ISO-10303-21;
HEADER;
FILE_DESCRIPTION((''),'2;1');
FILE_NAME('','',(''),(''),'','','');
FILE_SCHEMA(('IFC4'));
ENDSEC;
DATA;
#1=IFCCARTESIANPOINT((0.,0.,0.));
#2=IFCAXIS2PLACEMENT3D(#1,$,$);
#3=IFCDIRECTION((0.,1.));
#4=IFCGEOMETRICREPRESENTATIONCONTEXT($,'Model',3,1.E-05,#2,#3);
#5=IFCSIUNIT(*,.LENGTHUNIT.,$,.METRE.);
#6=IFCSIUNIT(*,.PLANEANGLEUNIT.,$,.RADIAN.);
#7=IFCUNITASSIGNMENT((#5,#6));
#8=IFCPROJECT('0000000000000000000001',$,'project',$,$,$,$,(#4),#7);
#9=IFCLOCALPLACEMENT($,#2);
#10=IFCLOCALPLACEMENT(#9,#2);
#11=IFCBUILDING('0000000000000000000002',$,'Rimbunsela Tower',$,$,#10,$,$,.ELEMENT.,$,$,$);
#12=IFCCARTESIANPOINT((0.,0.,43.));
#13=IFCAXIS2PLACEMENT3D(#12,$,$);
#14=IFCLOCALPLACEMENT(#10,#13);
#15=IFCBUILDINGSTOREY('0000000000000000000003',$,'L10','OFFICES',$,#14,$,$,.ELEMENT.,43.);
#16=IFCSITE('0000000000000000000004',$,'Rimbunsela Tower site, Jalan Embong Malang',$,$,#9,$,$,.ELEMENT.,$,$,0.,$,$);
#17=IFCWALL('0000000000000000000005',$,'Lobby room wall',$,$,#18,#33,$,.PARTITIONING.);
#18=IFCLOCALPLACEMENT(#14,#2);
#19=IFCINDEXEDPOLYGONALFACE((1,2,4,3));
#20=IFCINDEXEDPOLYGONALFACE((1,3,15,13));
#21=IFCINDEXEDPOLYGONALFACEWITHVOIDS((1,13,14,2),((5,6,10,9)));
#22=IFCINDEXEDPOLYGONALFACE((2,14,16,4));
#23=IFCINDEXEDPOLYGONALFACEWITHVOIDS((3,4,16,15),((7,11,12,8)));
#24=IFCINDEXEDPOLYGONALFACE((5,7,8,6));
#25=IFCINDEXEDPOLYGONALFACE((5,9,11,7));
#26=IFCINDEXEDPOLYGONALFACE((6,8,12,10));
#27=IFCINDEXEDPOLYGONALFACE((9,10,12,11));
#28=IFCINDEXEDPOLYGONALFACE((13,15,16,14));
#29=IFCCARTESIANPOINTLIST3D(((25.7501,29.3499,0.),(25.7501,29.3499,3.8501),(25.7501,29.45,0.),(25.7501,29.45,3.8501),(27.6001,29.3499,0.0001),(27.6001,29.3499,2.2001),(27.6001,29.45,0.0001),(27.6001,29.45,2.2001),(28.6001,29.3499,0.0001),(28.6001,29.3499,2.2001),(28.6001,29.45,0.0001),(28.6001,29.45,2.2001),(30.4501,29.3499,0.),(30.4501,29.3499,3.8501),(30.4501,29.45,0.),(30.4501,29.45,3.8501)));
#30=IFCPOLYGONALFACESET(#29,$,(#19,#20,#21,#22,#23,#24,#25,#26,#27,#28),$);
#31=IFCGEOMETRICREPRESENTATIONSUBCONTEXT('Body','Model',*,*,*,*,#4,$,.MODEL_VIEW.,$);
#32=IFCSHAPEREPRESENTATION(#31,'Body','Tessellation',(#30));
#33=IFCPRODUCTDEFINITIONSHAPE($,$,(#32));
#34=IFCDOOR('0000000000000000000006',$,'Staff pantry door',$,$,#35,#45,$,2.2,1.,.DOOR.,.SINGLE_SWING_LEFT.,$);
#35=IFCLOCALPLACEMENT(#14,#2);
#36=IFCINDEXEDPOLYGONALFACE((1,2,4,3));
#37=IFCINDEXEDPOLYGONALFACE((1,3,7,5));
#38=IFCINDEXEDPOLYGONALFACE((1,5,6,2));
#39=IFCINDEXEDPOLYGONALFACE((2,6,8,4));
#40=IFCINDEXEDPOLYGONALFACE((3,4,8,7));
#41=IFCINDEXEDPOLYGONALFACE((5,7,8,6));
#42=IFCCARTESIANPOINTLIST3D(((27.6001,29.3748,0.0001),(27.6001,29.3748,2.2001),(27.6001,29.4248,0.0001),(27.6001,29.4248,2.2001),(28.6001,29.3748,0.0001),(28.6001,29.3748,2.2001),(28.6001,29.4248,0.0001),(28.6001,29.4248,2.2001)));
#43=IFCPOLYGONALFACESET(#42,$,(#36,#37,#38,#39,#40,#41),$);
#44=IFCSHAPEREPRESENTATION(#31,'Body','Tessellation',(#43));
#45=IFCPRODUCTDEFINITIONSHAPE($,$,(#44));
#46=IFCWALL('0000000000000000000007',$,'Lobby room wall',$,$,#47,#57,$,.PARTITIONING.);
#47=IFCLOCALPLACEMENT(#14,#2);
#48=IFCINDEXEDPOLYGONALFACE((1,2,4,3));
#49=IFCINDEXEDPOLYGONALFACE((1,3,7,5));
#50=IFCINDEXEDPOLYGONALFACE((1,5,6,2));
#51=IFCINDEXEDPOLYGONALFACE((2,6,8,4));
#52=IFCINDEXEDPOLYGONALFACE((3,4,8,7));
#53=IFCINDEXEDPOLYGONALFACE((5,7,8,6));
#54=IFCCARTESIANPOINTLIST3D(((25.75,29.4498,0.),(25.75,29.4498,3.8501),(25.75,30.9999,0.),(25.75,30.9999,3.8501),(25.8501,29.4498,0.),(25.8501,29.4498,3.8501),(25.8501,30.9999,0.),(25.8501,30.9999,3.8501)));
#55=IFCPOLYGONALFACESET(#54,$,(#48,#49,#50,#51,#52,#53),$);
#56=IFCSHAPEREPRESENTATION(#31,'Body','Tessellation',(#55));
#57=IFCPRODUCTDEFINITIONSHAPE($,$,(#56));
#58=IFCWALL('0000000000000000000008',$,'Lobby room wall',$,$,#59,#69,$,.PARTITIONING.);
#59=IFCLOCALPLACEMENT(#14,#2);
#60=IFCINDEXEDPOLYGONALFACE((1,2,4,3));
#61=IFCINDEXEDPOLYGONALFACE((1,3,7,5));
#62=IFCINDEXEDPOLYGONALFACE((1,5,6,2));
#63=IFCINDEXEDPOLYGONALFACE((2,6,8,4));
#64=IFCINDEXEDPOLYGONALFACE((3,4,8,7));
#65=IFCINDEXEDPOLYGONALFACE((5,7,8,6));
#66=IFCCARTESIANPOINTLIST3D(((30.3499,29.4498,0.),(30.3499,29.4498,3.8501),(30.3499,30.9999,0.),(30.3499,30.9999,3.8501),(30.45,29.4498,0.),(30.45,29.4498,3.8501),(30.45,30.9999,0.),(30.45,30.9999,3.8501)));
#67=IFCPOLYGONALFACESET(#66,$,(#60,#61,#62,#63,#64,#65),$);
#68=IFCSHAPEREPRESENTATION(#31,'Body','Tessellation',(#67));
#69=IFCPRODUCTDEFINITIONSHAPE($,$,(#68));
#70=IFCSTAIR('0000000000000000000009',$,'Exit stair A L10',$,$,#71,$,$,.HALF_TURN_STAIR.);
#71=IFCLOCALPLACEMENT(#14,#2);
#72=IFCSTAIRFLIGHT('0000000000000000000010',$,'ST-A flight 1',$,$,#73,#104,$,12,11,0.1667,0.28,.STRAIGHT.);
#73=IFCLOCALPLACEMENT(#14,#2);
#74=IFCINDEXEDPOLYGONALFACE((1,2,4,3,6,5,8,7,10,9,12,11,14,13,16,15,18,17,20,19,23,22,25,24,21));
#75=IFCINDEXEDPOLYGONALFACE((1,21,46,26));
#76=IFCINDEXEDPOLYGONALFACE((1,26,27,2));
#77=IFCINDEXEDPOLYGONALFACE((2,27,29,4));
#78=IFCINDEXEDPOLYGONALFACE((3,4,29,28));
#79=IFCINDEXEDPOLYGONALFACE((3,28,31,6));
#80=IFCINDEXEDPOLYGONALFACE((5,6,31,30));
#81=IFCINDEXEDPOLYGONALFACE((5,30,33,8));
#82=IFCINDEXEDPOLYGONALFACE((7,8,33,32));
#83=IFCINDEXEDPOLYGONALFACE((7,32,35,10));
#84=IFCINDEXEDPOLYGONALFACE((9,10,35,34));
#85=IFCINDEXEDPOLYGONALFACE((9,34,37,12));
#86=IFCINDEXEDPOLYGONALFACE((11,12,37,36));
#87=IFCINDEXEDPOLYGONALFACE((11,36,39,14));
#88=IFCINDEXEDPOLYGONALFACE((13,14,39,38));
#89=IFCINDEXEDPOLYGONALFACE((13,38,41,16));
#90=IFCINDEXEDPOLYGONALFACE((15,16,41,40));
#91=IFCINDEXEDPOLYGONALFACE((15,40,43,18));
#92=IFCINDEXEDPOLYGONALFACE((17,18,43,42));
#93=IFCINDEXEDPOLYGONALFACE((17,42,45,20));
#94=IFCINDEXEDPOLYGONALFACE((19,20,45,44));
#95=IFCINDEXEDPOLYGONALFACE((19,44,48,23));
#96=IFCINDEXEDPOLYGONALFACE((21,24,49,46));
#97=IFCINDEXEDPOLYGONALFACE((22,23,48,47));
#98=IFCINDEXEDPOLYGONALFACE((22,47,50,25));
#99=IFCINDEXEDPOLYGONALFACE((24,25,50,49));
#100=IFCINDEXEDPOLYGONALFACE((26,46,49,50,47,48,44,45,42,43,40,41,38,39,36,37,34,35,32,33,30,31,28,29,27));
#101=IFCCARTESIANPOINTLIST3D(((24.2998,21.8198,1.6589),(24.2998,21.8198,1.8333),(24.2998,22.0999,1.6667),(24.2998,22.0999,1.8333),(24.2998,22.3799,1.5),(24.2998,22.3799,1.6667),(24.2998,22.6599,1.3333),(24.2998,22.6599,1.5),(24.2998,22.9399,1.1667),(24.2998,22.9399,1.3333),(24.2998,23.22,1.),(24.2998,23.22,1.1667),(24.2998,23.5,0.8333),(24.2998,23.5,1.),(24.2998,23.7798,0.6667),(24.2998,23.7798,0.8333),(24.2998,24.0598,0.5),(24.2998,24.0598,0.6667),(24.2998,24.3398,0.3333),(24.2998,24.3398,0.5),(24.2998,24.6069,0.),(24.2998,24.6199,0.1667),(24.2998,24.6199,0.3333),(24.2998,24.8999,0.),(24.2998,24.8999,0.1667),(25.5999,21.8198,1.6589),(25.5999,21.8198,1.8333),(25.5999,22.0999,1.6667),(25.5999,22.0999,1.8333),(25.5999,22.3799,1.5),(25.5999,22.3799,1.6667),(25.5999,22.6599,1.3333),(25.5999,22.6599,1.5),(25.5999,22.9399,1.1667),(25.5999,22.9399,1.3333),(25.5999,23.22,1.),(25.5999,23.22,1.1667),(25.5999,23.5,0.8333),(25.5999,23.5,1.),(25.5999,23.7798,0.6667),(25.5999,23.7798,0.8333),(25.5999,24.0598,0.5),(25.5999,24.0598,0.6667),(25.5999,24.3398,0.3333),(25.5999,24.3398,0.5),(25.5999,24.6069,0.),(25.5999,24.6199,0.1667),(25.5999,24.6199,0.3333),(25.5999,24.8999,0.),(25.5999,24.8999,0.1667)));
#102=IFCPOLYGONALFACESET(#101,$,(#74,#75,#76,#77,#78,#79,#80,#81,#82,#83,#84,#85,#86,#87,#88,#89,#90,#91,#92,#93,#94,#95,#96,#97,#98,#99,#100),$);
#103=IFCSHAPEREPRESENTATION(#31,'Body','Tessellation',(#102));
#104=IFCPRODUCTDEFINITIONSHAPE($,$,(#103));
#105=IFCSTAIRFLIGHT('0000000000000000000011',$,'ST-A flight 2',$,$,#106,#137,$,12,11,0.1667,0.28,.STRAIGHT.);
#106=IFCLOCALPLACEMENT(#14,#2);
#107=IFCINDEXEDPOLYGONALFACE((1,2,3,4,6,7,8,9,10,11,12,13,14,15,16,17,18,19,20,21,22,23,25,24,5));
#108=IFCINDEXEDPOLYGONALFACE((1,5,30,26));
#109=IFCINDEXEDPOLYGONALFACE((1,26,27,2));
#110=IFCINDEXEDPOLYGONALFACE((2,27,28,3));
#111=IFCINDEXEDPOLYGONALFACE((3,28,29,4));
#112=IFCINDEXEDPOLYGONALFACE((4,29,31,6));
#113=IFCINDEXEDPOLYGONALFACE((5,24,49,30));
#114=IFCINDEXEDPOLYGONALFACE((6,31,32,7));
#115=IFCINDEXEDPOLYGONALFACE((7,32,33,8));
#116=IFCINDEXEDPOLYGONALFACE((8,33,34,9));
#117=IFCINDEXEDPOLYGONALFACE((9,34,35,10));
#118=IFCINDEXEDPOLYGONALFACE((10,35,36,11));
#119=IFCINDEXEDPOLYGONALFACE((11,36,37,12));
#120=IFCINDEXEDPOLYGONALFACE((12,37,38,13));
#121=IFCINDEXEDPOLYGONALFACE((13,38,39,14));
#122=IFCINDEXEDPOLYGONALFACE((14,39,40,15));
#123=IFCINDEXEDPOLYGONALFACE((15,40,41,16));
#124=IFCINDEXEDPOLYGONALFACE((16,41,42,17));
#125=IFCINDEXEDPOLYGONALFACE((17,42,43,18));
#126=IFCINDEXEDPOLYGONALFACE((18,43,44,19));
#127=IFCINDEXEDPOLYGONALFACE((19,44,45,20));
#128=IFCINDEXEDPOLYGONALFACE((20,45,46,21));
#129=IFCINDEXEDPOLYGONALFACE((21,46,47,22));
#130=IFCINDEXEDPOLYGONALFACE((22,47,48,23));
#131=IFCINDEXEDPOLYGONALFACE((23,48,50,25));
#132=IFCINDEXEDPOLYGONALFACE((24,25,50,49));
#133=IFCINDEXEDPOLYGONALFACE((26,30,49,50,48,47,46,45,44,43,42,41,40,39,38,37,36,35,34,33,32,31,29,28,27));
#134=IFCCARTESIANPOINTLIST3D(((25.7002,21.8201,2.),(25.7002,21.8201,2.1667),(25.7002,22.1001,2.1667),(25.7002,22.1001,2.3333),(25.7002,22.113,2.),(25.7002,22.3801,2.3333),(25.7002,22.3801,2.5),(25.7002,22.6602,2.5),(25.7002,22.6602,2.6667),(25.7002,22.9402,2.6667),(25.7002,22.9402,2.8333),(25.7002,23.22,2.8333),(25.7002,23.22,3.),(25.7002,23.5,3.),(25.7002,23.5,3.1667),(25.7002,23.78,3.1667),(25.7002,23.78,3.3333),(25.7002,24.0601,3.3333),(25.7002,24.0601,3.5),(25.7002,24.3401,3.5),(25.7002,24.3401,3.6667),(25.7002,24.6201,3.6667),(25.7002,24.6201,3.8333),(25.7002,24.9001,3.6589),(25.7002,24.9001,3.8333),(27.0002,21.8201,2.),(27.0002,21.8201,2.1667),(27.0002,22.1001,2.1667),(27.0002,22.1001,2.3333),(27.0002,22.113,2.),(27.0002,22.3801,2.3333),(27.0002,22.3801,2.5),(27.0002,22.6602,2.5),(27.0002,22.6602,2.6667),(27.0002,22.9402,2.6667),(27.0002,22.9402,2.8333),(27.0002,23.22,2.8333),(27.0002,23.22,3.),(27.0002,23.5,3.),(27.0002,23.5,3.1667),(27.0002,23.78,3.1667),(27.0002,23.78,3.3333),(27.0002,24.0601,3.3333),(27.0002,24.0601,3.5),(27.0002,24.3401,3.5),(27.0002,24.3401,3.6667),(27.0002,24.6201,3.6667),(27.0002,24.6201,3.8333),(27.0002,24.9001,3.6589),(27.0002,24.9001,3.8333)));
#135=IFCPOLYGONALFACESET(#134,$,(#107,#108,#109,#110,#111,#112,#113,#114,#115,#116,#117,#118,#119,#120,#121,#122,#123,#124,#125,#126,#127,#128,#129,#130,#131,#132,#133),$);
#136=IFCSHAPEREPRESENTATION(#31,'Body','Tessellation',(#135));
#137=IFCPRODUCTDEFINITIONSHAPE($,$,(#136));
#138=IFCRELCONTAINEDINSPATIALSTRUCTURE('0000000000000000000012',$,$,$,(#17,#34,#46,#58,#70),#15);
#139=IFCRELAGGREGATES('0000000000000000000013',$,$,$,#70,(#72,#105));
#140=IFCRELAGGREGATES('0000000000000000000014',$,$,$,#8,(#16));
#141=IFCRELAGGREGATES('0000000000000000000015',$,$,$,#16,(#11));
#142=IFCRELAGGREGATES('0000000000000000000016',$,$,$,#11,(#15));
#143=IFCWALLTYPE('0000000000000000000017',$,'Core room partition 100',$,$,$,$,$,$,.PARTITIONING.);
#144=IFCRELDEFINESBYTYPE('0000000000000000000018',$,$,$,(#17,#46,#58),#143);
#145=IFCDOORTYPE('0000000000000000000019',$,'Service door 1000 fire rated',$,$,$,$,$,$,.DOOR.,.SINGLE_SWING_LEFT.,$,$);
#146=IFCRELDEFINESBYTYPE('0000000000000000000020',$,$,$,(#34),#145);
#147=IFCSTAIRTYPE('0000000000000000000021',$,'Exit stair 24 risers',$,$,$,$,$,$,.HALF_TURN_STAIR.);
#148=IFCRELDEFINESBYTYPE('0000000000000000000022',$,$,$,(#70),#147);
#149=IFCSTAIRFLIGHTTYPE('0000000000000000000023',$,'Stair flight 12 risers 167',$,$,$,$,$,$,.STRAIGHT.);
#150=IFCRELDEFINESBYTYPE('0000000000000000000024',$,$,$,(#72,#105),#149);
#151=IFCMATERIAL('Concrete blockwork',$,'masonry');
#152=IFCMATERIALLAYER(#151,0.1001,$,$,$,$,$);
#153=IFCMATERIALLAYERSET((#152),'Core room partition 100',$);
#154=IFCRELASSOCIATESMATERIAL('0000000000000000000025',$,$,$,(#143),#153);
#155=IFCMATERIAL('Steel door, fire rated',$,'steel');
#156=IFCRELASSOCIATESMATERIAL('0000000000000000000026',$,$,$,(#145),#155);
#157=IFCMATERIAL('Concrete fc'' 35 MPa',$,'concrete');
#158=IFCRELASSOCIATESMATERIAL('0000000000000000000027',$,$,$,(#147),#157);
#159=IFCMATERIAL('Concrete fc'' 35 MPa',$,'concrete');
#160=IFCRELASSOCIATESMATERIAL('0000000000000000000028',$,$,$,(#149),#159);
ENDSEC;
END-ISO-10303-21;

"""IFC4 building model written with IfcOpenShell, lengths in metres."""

from ifc_helpers import new_model, si_unit, direction, frame, frame_2d, origin, place, context, subcontext, project, spatial, polyline, rectangle, outline, extrude, material, layer, layer_set, type_object, element, fill, aggregate, save


model = new_model("IFC4")

# Units and contexts
model_context = context("Model", 3, precision=1e-05, world=origin(), true_north=direction((0.0, 1.0)))
body_context = subcontext(model_context, "Body", "Model", "MODEL_VIEW")
ifc_project = project(units=[si_unit("LENGTHUNIT", "METRE"), si_unit("PLANEANGLEUNIT", "RADIAN")], contexts=[model_context])

# Site, building, storey
site_placement = place(None, origin())
site = spatial("IfcSite", under=ifc_project, at=site_placement, Name="Rimbunsela Tower site, Jalan Embong Malang", CompositionType="ELEMENT", RefElevation=0.0)
building_placement = place(site_placement, origin())
building = spatial("IfcBuilding", under=site, at=building_placement, Name="Rimbunsela Tower", CompositionType="ELEMENT")
storey_placement = place(building_placement, frame((0.0, 0.0, 43.0)))
storey = spatial("IfcBuildingStorey", under=building, at=storey_placement, Name="L10", Description="OFFICES", CompositionType="ELEMENT", Elevation=43.0)

# Wall, opening, door
ifc_material_1 = material(Name="Concrete blockwork", Category="masonry")
ifc_layer_1 = layer(ifc_material_1, 0.1001)
ifc_layer_set_1 = layer_set([ifc_layer_1], Name="Core room partition 100")
wall_type_1 = type_object("IfcWallType", Name="Core room partition 100", PredefinedType="PARTITIONING", material=ifc_layer_set_1)
wall_1_placement = place(storey_placement, frame((25.75, 29.3999, 0.0), z_axis=(0.0, 0.0, 1.0), x_axis=(1.0, 0.0, 0.0)))
wall_1 = element("IfcWall", 1, at=wall_1_placement, inside=storey, type_object=wall_type_1, Name="Lobby room wall", PredefinedType="PARTITIONING", context=body_context, shape_type="SweptSolid", body=[
    extrude(rectangle(XDim=4.7, YDim=0.1001, at=frame_2d((2.3501, 0.0))), origin(), (0.0, 0.0, 1.0), 3.8501),
])
opening_1_placement = place(wall_1_placement, frame((1.8501, 0.0, 0.0)))
opening_1 = element("IfcOpeningElement", 2, at=opening_1_placement, cuts=wall_1, PredefinedType="OPENING", context=body_context, shape_type="SweptSolid", body=[
    extrude(rectangle(XDim=1.0, YDim=2.2, at=frame_2d((0.5, 1.1001))), frame((0.0, 0.0601, 0.0), z_axis=(0.0, -1.0, 0.0), x_axis=(1.0, 0.0, 0.0)), (0.0, 0.0, 1.0), 0.1201),
])
ifc_material_2 = material(Name="Steel door, fire rated", Category="steel")
door_type_1 = type_object("IfcDoorType", Name="Service door 1000 fire rated", OperationType="SINGLE_SWING_LEFT", PredefinedType="DOOR", material=ifc_material_2)
door_1_placement = place(opening_1_placement, origin())
door_1 = element("IfcDoor", 3, at=door_1_placement, inside=storey, type_object=door_type_1, Name="Staff pantry door", OperationType="SINGLE_SWING_LEFT", OverallHeight=2.2, OverallWidth=1.0, PredefinedType="DOOR", context=body_context, shape_type="SweptSolid", body=[
    extrude(rectangle(XDim=1.0, YDim=2.2, at=frame_2d((0.5, 1.1001))), frame((0.0, 0.0249, 0.0), z_axis=(0.0, -1.0, 0.0), x_axis=(1.0, 0.0, 0.0)), (0.0, 0.0, 1.0), 0.05),
])
fill(opening_1, door_1)

# Walls
for number, where, z_axis, x_axis, name in (
    (4, (25.8, 29.45, 0.0), (0.0, 0.0, 1.0), (0.0, 1.0, 0.0), "Lobby room wall"),
    (5, (30.3999, 29.45, 0.0), (0.0, 0.0, 1.0), (0.0, 1.0, 0.0), "Lobby room wall"),
):
    element("IfcWall", number, at=place(storey_placement, frame(where, z_axis=z_axis, x_axis=x_axis)), inside=storey, type_object=wall_type_1, Name=name, PredefinedType="PARTITIONING", context=body_context, shape_type="SweptSolid", body=[
        extrude(rectangle(XDim=1.55, YDim=0.1001, at=frame_2d((0.7749, 0.0))), origin(), (0.0, 0.0, 1.0), 3.8501),
    ])

# Stair, stair flights
ifc_material_3 = material(Name="Concrete fc' 35 MPa", Category="concrete")
stair_type = type_object("IfcStairType", Name="Exit stair 24 risers", PredefinedType="HALF_TURN_STAIR", material=ifc_material_3)
stair_placement = place(storey_placement, origin())
stair = element("IfcStair", 6, at=stair_placement, inside=storey, type_object=stair_type, Name="Exit stair A L10", PredefinedType="HALF_TURN_STAIR")
ifc_material_4 = material(Name="Concrete fc' 35 MPa", Category="concrete")
stair_flight_type = type_object("IfcStairFlightType", Name="Stair flight 12 risers 167", PredefinedType="STRAIGHT", material=ifc_material_4)
stair_flight_1_placement = place(storey_placement, frame((24.95, 24.8999, 0.0), z_axis=(0.0, 0.0, 1.0), x_axis=(0.0, -1.0, 0.0)))
stair_flight_1 = element("IfcStairFlight", 7, at=stair_flight_1_placement, type_object=stair_flight_type, Name="ST-A flight 1", NumberOfRisers=12, NumberOfTreads=11, PredefinedType="STRAIGHT", RiserHeight=0.1667, TreadLength=0.28, context=body_context, shape_type="SweptSolid", body=[
    extrude(outline(polyline([(0.0, 0.0), (0.0, 0.1667), (0.28, 0.1667), (0.28, 0.3333), (0.5601, 0.3333), (0.5601, 0.5), (0.8401, 0.5), (0.8401, 0.6667), (1.1201, 0.6667), (1.1201, 0.8333), (1.3999, 0.8333), (1.3999, 1.0), (1.6799, 1.0), (1.6799, 1.1667), (1.96, 1.1667), (1.96, 1.3333), (2.24, 1.3333), (2.24, 1.5), (2.52, 1.5), (2.52, 1.6667), (2.8, 1.6667), (2.8, 1.8333), (3.0801, 1.8333), (3.0801, 2.0), (3.0801, 1.6589), (0.293, 0.0), (0.0, 0.0)])), frame((0.0, 0.6499, 0.0), z_axis=(0.0, -1.0, 0.0), x_axis=(1.0, 0.0, 0.0)), (0.0, 0.0, 1.0), 1.3),
])
stair_flight_2_placement = place(storey_placement, frame((26.3501, 21.8201, 2.0), z_axis=(0.0, 0.0, 1.0), x_axis=(0.0, 1.0, 0.0)))
stair_flight_2 = element("IfcStairFlight", 8, at=stair_flight_2_placement, type_object=stair_flight_type, Name="ST-A flight 2", NumberOfRisers=12, NumberOfTreads=11, PredefinedType="STRAIGHT", RiserHeight=0.1667, TreadLength=0.28, context=body_context, shape_type="SweptSolid", body=[
    extrude(outline(polyline([(0.0, 0.0), (0.0, 0.1667), (0.28, 0.1667), (0.28, 0.3333), (0.5601, 0.3333), (0.5601, 0.5), (0.8401, 0.5), (0.8401, 0.6667), (1.1201, 0.6667), (1.1201, 0.8333), (1.3999, 0.8333), (1.3999, 1.0), (1.6799, 1.0), (1.6799, 1.1667), (1.96, 1.1667), (1.96, 1.3333), (2.24, 1.3333), (2.24, 1.5), (2.52, 1.5), (2.52, 1.6667), (2.8, 1.6667), (2.8, 1.8333), (3.0801, 1.8333), (3.0801, 2.0), (3.0801, 1.6589), (0.293, 0.0), (0.0, 0.0)])), frame((0.0, 0.6499, 0.0), z_axis=(0.0, -1.0, 0.0), x_axis=(1.0, 0.0, 0.0)), (0.0, 0.0, 1.0), 1.3),
])
aggregate(stair, [stair_flight_1, stair_flight_2])

save(model, "model.ifc")
